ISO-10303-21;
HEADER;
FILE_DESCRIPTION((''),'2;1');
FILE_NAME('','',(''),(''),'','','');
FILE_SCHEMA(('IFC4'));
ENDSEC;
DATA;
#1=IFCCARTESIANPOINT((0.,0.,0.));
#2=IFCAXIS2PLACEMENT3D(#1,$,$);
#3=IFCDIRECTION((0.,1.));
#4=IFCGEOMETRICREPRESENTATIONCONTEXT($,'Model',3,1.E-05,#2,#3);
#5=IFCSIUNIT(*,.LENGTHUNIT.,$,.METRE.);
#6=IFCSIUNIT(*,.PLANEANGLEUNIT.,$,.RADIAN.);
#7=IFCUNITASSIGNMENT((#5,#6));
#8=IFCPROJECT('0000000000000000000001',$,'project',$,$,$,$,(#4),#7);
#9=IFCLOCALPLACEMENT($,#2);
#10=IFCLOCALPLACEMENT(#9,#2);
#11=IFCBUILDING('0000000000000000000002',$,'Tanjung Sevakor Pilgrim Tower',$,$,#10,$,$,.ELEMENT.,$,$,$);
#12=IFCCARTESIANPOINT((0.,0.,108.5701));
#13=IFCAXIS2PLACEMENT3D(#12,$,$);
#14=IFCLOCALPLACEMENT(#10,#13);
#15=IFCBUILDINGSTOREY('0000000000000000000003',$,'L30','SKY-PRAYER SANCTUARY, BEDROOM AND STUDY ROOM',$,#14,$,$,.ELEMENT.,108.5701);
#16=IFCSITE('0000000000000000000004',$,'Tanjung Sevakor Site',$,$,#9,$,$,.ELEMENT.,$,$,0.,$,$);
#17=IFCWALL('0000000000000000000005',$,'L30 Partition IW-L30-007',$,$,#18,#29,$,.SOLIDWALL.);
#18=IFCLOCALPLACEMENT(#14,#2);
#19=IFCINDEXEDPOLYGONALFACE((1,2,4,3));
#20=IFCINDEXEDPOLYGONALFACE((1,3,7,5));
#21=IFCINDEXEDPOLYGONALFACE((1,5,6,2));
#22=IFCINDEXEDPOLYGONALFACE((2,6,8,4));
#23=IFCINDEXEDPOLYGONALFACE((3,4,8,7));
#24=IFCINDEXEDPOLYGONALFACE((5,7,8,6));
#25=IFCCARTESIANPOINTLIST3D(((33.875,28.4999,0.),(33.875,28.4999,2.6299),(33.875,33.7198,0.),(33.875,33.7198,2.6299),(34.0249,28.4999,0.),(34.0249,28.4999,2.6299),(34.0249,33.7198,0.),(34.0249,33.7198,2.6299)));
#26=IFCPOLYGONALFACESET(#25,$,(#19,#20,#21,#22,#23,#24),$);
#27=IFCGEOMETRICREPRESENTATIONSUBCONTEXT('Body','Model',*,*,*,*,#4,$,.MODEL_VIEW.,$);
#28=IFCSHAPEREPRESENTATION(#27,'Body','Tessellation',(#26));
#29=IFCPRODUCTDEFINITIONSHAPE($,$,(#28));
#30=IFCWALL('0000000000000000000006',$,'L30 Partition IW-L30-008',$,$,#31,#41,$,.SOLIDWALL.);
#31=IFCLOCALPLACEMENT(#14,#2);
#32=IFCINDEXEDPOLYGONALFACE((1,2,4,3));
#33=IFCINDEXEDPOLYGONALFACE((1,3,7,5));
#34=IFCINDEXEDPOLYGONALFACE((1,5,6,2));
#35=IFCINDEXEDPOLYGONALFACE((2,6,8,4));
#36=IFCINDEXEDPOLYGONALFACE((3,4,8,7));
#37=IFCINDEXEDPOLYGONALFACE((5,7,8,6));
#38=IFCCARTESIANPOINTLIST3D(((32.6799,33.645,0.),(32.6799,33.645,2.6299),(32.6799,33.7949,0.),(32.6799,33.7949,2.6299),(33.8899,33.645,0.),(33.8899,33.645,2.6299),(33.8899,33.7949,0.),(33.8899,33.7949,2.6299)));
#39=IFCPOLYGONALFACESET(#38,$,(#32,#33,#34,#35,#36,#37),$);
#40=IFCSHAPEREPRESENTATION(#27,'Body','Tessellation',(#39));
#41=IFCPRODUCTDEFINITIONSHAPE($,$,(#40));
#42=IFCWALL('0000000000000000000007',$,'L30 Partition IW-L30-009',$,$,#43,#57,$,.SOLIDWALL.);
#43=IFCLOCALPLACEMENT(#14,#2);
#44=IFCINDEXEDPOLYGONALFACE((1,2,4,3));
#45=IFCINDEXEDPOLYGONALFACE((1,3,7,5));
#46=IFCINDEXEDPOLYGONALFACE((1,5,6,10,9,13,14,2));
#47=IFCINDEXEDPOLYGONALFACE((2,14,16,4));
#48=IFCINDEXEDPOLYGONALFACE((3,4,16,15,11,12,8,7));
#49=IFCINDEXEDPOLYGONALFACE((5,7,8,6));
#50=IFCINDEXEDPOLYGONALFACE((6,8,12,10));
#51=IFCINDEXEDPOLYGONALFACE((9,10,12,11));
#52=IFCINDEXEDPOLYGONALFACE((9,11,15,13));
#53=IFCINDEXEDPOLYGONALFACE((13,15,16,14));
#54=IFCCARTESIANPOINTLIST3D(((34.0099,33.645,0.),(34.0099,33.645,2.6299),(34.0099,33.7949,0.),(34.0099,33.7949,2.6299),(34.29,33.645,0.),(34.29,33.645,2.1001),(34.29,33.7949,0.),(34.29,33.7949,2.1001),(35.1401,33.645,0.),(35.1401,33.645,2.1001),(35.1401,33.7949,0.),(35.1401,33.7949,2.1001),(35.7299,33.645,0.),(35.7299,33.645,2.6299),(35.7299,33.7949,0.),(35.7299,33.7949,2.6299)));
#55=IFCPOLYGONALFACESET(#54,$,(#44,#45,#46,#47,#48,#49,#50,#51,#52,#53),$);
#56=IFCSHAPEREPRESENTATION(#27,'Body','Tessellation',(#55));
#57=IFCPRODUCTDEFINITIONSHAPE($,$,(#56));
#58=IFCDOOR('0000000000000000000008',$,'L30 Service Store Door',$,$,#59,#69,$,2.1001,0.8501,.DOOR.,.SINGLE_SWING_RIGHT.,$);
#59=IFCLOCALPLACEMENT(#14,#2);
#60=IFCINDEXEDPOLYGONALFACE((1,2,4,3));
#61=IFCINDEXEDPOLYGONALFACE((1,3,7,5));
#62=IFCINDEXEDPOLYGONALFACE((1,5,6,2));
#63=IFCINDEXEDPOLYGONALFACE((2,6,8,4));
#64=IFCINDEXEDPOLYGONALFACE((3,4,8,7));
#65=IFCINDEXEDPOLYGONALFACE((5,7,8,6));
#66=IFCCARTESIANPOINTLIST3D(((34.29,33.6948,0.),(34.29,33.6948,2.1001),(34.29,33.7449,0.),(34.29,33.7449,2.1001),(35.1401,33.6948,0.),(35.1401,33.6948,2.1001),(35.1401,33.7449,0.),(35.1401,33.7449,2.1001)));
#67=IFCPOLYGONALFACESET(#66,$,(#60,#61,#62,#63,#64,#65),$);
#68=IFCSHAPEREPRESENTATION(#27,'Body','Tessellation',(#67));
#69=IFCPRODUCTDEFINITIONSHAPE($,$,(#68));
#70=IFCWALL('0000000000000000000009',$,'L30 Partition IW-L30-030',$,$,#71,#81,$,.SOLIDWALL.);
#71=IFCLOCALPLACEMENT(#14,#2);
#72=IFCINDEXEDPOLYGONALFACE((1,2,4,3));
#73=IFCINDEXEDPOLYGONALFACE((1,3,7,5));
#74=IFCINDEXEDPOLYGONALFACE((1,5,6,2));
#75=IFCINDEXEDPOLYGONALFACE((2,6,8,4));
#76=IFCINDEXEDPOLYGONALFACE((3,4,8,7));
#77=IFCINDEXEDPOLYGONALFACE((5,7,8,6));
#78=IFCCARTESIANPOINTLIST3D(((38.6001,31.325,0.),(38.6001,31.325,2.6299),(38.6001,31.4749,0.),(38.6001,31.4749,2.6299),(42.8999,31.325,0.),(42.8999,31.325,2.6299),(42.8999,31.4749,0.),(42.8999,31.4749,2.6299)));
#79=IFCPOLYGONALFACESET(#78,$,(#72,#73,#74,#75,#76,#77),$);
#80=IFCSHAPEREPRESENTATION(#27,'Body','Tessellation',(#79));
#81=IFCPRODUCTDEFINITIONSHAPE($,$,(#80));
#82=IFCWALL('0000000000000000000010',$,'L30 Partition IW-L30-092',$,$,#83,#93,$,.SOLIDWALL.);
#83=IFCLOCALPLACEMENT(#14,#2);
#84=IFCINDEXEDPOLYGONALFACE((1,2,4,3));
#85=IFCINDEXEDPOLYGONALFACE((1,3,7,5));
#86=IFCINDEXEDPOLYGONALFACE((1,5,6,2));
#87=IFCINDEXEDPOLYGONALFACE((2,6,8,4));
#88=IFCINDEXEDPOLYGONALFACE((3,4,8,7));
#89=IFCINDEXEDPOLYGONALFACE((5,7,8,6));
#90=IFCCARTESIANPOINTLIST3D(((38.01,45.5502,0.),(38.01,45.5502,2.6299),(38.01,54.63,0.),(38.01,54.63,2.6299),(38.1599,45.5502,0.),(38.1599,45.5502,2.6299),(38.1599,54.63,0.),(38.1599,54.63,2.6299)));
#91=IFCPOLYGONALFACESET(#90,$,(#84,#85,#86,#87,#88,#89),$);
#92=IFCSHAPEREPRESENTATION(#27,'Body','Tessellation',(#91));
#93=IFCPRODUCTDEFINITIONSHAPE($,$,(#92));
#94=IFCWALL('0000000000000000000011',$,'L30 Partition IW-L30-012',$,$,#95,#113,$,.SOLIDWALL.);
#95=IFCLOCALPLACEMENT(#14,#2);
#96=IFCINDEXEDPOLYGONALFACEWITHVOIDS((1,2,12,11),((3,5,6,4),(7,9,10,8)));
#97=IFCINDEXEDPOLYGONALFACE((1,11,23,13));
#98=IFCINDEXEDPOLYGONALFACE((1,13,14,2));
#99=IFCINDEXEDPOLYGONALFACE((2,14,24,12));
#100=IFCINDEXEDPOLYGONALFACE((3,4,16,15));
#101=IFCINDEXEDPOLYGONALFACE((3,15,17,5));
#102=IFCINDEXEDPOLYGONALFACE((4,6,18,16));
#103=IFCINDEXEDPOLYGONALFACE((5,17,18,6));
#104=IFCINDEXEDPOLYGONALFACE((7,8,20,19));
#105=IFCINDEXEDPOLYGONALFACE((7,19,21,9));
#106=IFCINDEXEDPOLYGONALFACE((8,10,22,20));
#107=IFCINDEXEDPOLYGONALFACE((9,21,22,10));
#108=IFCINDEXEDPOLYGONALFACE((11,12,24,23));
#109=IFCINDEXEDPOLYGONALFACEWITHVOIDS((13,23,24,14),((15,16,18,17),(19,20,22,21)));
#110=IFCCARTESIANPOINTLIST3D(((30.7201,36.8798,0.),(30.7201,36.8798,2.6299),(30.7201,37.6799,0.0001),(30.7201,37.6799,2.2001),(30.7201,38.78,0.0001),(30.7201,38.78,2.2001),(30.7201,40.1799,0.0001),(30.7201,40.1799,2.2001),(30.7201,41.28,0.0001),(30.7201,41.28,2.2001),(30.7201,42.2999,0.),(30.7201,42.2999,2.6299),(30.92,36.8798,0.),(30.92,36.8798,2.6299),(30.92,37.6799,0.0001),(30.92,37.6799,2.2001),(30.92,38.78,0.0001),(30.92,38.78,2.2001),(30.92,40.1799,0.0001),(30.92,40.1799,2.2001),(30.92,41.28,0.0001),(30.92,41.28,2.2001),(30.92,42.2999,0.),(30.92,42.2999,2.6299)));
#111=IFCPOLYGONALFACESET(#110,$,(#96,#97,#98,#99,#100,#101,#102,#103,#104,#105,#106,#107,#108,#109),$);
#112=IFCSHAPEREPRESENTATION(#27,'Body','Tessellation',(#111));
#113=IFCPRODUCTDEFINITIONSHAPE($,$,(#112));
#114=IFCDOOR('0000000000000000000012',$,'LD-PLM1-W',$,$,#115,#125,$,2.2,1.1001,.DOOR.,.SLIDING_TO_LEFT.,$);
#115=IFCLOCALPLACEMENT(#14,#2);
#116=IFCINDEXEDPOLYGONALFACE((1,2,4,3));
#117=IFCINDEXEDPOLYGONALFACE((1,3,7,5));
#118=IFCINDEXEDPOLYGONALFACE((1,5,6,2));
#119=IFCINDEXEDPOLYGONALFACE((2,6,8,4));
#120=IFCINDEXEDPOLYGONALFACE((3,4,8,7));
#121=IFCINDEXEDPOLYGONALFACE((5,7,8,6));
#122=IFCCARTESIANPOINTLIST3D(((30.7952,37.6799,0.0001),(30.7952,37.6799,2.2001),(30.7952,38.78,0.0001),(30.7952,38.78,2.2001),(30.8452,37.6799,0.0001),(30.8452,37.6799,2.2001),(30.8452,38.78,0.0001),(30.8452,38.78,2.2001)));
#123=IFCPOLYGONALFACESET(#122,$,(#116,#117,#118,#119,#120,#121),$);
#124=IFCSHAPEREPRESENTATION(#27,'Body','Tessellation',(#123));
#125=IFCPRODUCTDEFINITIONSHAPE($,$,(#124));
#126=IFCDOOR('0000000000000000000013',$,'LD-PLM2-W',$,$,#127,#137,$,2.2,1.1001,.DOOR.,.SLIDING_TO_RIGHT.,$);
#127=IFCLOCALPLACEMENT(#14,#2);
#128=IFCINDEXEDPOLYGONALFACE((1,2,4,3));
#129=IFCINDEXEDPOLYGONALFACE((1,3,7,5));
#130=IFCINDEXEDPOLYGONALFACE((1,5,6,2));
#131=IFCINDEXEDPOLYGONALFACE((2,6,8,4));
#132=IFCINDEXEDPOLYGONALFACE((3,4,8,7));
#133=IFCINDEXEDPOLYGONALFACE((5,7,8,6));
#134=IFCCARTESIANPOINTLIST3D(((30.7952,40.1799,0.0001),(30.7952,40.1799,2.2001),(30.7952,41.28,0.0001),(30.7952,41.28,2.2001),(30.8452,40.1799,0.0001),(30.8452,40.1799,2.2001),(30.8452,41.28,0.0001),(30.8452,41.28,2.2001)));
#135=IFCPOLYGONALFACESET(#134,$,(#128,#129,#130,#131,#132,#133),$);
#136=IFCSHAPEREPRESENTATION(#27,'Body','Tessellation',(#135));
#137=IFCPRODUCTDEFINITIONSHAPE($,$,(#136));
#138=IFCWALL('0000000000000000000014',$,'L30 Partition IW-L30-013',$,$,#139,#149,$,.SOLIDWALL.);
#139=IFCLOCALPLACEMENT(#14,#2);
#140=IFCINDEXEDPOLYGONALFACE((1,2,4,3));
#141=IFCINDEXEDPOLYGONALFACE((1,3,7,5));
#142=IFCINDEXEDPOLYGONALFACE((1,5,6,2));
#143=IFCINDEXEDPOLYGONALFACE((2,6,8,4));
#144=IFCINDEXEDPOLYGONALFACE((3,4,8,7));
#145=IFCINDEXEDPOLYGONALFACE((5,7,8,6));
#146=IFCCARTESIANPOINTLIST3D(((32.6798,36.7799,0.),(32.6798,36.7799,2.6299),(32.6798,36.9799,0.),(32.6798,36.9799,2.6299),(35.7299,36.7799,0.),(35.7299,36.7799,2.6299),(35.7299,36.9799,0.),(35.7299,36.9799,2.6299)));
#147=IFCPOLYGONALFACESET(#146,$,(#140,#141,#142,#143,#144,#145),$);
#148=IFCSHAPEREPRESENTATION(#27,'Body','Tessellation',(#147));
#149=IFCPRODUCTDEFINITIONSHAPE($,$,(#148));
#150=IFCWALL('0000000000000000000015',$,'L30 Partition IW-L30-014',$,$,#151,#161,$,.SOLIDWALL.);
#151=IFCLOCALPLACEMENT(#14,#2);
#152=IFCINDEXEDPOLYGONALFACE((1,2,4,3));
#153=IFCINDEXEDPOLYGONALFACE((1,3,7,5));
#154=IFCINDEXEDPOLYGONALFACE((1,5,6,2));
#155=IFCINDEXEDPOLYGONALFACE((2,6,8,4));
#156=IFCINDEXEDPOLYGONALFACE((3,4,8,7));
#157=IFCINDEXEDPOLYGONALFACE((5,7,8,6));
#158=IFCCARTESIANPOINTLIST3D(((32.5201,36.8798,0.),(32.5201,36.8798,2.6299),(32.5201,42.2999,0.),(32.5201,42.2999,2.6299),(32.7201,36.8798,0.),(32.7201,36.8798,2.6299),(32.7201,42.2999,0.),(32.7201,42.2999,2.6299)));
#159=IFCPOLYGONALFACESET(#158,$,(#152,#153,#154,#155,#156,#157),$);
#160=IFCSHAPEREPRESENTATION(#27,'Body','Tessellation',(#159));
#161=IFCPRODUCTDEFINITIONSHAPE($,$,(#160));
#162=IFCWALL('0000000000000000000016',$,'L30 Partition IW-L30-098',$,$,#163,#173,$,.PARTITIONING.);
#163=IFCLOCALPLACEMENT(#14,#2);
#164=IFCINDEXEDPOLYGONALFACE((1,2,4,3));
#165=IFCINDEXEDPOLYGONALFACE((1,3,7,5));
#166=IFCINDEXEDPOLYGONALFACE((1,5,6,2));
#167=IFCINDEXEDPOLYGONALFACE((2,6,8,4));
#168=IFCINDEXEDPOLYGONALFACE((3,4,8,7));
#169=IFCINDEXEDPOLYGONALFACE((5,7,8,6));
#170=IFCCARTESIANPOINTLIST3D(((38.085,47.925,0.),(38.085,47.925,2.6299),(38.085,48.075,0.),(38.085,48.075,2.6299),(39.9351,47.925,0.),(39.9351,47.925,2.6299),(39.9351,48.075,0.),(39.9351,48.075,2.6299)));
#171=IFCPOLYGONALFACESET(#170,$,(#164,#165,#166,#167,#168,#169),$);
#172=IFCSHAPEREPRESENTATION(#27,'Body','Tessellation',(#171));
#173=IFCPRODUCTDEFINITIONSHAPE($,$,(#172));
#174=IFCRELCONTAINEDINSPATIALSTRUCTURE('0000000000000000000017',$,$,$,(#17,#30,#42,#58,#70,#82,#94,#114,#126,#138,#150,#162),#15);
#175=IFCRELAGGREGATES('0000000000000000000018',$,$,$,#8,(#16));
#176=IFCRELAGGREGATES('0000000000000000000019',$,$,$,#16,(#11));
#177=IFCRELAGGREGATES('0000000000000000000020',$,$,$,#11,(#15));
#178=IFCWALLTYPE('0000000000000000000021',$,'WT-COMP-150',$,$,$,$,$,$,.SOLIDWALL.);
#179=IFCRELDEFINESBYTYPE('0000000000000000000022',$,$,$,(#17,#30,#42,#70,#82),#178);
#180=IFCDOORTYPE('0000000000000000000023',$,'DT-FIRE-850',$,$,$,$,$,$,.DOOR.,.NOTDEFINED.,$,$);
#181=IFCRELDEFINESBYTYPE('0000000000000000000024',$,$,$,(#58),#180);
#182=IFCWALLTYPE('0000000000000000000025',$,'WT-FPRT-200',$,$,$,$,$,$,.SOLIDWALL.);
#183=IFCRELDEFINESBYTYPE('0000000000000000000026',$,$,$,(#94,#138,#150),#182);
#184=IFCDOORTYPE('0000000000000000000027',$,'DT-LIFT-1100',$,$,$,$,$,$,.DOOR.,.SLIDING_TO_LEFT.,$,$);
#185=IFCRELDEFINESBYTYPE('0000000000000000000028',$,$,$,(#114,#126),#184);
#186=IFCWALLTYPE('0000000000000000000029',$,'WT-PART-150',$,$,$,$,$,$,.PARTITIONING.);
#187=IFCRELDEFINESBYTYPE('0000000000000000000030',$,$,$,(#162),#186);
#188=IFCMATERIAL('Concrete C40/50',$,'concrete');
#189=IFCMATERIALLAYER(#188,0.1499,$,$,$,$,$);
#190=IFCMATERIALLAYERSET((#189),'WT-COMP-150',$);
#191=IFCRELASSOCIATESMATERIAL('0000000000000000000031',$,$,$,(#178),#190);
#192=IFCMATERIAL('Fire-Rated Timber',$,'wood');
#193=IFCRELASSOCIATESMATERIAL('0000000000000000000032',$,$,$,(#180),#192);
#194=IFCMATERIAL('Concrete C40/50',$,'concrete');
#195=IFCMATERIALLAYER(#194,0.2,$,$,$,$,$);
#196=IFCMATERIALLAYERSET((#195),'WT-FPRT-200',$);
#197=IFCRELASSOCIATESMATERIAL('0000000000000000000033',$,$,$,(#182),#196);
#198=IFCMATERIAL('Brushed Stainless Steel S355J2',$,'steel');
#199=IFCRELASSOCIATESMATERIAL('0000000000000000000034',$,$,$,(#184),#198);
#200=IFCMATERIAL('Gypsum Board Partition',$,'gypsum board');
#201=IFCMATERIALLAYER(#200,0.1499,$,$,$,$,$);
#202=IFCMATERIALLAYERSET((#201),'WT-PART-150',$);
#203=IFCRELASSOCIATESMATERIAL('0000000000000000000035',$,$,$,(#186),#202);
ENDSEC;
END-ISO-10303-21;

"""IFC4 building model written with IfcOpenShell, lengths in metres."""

from ifc_helpers import new_model, si_unit, direction, frame, frame_2d, origin, place, context, subcontext, project, spatial, rectangle, extrude, material, layer, layer_set, type_object, element, fill, save


model = new_model("IFC4")

# Units and contexts
model_context = context("Model", 3, precision=1e-05, world=origin(), true_north=direction((0.0, 1.0)))
body_context = subcontext(model_context, "Body", "Model", "MODEL_VIEW")
ifc_project = project(units=[si_unit("LENGTHUNIT", "METRE"), si_unit("PLANEANGLEUNIT", "RADIAN")], contexts=[model_context])

# Site, building, storey
site_placement = place(None, origin())
site = spatial("IfcSite", under=ifc_project, at=site_placement, Name="Tanjung Sevakor Site", CompositionType="ELEMENT", RefElevation=0.0)
building_placement = place(site_placement, origin())
building = spatial("IfcBuilding", under=site, at=building_placement, Name="Tanjung Sevakor Pilgrim Tower", CompositionType="ELEMENT")
storey_placement = place(building_placement, frame((0.0, 0.0, 108.5701)))
storey = spatial("IfcBuildingStorey", under=building, at=storey_placement, Name="L30", Description="SKY-PRAYER SANCTUARY, BEDROOM AND STUDY ROOM", CompositionType="ELEMENT", Elevation=108.5701)

# Walls
ifc_material_1 = material(Name="Concrete C40/50", Category="concrete")
ifc_layer_1 = layer(ifc_material_1, 0.1499)
ifc_layer_set_1 = layer_set([ifc_layer_1], Name="WT-COMP-150")
wall_type_1 = type_object("IfcWallType", Name="WT-COMP-150", PredefinedType="SOLIDWALL", material=ifc_layer_set_1)
wall_1_placement = place(storey_placement, frame((33.95, 28.5, 0.0), z_axis=(0.0, 0.0, 1.0), x_axis=(0.0, 1.0, 0.0)))
element("IfcWall", 1, at=wall_1_placement, inside=storey, type_object=wall_type_1, Name="L30 Partition IW-L30-007", PredefinedType="SOLIDWALL", context=body_context, shape_type="SweptSolid", body=[
    extrude(rectangle(XDim=5.22, YDim=0.1499, at=frame_2d((2.6099, 0.0))), origin(), (0.0, 0.0, 1.0), 2.6299),
])
wall_2_placement = place(storey_placement, frame((32.6799, 33.72, 0.0), z_axis=(0.0, 0.0, 1.0), x_axis=(1.0, 0.0, 0.0)))
element("IfcWall", 2, at=wall_2_placement, inside=storey, type_object=wall_type_1, Name="L30 Partition IW-L30-008", PredefinedType="SOLIDWALL", context=body_context, shape_type="SweptSolid", body=[
    extrude(rectangle(XDim=1.21, YDim=0.1499, at=frame_2d((0.605, 0.0))), origin(), (0.0, 0.0, 1.0), 2.6299),
])

# Wall, opening, door
wall_3_placement = place(storey_placement, frame((34.01, 33.72, 0.0), z_axis=(0.0, 0.0, 1.0), x_axis=(1.0, 0.0, 0.0)))
wall_3 = element("IfcWall", 3, at=wall_3_placement, inside=storey, type_object=wall_type_1, Name="L30 Partition IW-L30-009", PredefinedType="SOLIDWALL", context=body_context, shape_type="SweptSolid", body=[
    extrude(rectangle(XDim=1.72, YDim=0.1499, at=frame_2d((0.8599, 0.0))), origin(), (0.0, 0.0, 1.0), 2.6299),
])
opening_1_placement = place(wall_3_placement, frame((0.28, 0.0, 0.0)))
opening_1 = element("IfcOpeningElement", 4, at=opening_1_placement, cuts=wall_3, PredefinedType="OPENING", context=body_context, shape_type="SweptSolid", body=[
    extrude(rectangle(XDim=0.8501, YDim=2.1001, at=frame_2d((0.425, 1.05))), frame((0.0, 0.085, 0.0), z_axis=(0.0, -1.0, 0.0), x_axis=(1.0, 0.0, 0.0)), (0.0, 0.0, 1.0), 0.1699),
])
ifc_material_2 = material(Name="Fire-Rated Timber", Category="wood")
door_type_1 = type_object("IfcDoorType", Name="DT-FIRE-850", OperationType="NOTDEFINED", PredefinedType="DOOR", material=ifc_material_2)
door_1_placement = place(opening_1_placement, origin())
door_1 = element("IfcDoor", 5, at=door_1_placement, inside=storey, type_object=door_type_1, Name="L30 Service Store Door", OperationType="SINGLE_SWING_RIGHT", OverallHeight=2.1001, OverallWidth=0.8501, PredefinedType="DOOR", context=body_context, shape_type="SweptSolid", body=[
    extrude(rectangle(XDim=0.8501, YDim=2.1001, at=frame_2d((0.425, 1.05))), frame((0.0, 0.0249, 0.0), z_axis=(0.0, -1.0, 0.0), x_axis=(1.0, 0.0, 0.0)), (0.0, 0.0, 1.0), 0.05),
])
fill(opening_1, door_1)

# Walls
wall_4_placement = place(storey_placement, frame((38.6001, 31.3999, 0.0), z_axis=(0.0, 0.0, 1.0), x_axis=(1.0, 0.0, 0.0)))
element("IfcWall", 6, at=wall_4_placement, inside=storey, type_object=wall_type_1, Name="L30 Partition IW-L30-030", PredefinedType="SOLIDWALL", context=body_context, shape_type="SweptSolid", body=[
    extrude(rectangle(XDim=4.2998, YDim=0.1499, at=frame_2d((2.1499, 0.0))), origin(), (0.0, 0.0, 1.0), 2.6299),
])
wall_5_placement = place(storey_placement, frame((38.085, 45.55, 0.0), z_axis=(0.0, 0.0, 1.0), x_axis=(0.0, 1.0, 0.0)))
element("IfcWall", 7, at=wall_5_placement, inside=storey, type_object=wall_type_1, Name="L30 Partition IW-L30-092", PredefinedType="SOLIDWALL", context=body_context, shape_type="SweptSolid", body=[
    extrude(rectangle(XDim=9.0798, YDim=0.1499, at=frame_2d((4.54, 0.0))), origin(), (0.0, 0.0, 1.0), 2.6299),
])

# Wall, openings, doors
ifc_material_3 = material(Name="Concrete C40/50", Category="concrete")
ifc_layer_2 = layer(ifc_material_3, 0.2)
ifc_layer_set_2 = layer_set([ifc_layer_2], Name="WT-FPRT-200")
wall_type_2 = type_object("IfcWallType", Name="WT-FPRT-200", PredefinedType="SOLIDWALL", material=ifc_layer_set_2)
wall_6_placement = place(storey_placement, frame((30.8201, 36.8799, 0.0), z_axis=(0.0, 0.0, 1.0), x_axis=(0.0, 1.0, 0.0)))
wall_6 = element("IfcWall", 8, at=wall_6_placement, inside=storey, type_object=wall_type_2, Name="L30 Partition IW-L30-012", PredefinedType="SOLIDWALL", context=body_context, shape_type="SweptSolid", body=[
    extrude(rectangle(XDim=5.4202, YDim=0.2, at=frame_2d((2.71, 0.0))), origin(), (0.0, 0.0, 1.0), 2.6299),
])
opening_2_placement = place(wall_6_placement, frame((0.8, 0.0, 0.0)))
opening_2 = element("IfcOpeningElement", 9, at=opening_2_placement, cuts=wall_6, PredefinedType="OPENING", context=body_context, shape_type="SweptSolid", body=[
    extrude(rectangle(XDim=1.1001, YDim=2.2, at=frame_2d((0.55, 1.1001))), frame((0.0, 0.1099, 0.0), z_axis=(0.0, -1.0, 0.0), x_axis=(1.0, 0.0, 0.0)), (0.0, 0.0, 1.0), 0.22),
])
opening_3_placement = place(wall_6_placement, frame((3.3, 0.0, 0.0)))
opening_3 = element("IfcOpeningElement", 10, at=opening_3_placement, cuts=wall_6, PredefinedType="OPENING", context=body_context, shape_type="SweptSolid", body=[
    extrude(rectangle(XDim=1.1001, YDim=2.2, at=frame_2d((0.55, 1.1001))), frame((0.0, 0.1099, 0.0), z_axis=(0.0, -1.0, 0.0), x_axis=(1.0, 0.0, 0.0)), (0.0, 0.0, 1.0), 0.22),
])
ifc_material_4 = material(Name="Brushed Stainless Steel S355J2", Category="steel")
door_type_2 = type_object("IfcDoorType", Name="DT-LIFT-1100", OperationType="SLIDING_TO_LEFT", PredefinedType="DOOR", material=ifc_material_4)
door_2_placement = place(opening_2_placement, origin())
door_2 = element("IfcDoor", 11, at=door_2_placement, inside=storey, type_object=door_type_2, Name="LD-PLM1-W", OperationType="SLIDING_TO_LEFT", OverallHeight=2.2, OverallWidth=1.1001, PredefinedType="DOOR", context=body_context, shape_type="SweptSolid", body=[
    extrude(rectangle(XDim=1.1001, YDim=2.2, at=frame_2d((0.55, 1.1001))), frame((0.0, 0.0249, 0.0), z_axis=(0.0, -1.0, 0.0), x_axis=(1.0, 0.0, 0.0)), (0.0, 0.0, 1.0), 0.05),
])
fill(opening_2, door_2)
door_3_placement = place(opening_3_placement, origin())
door_3 = element("IfcDoor", 12, at=door_3_placement, inside=storey, type_object=door_type_2, Name="LD-PLM2-W", OperationType="SLIDING_TO_RIGHT", OverallHeight=2.2, OverallWidth=1.1001, PredefinedType="DOOR", context=body_context, shape_type="SweptSolid", body=[
    extrude(rectangle(XDim=1.1001, YDim=2.2, at=frame_2d((0.55, 1.1001))), frame((0.0, 0.0249, 0.0), z_axis=(0.0, -1.0, 0.0), x_axis=(1.0, 0.0, 0.0)), (0.0, 0.0, 1.0), 0.05),
])
fill(opening_3, door_3)

# Walls
wall_7_placement = place(storey_placement, frame((32.6799, 36.8799, 0.0), z_axis=(0.0, 0.0, 1.0), x_axis=(1.0, 0.0, 0.0)))
element("IfcWall", 13, at=wall_7_placement, inside=storey, type_object=wall_type_2, Name="L30 Partition IW-L30-013", PredefinedType="SOLIDWALL", context=body_context, shape_type="SweptSolid", body=[
    extrude(rectangle(XDim=3.05, YDim=0.2, at=frame_2d((1.5249, 0.0))), origin(), (0.0, 0.0, 1.0), 2.6299),
])
wall_8_placement = place(storey_placement, frame((32.6201, 36.8799, 0.0), z_axis=(0.0, 0.0, 1.0), x_axis=(0.0, 1.0, 0.0)))
element("IfcWall", 14, at=wall_8_placement, inside=storey, type_object=wall_type_2, Name="L30 Partition IW-L30-014", PredefinedType="SOLIDWALL", context=body_context, shape_type="SweptSolid", body=[
    extrude(rectangle(XDim=5.4202, YDim=0.2, at=frame_2d((2.71, 0.0))), origin(), (0.0, 0.0, 1.0), 2.6299),
])
ifc_material_5 = material(Name="Gypsum Board Partition", Category="gypsum board")
ifc_layer_3 = layer(ifc_material_5, 0.1499)
ifc_layer_set_3 = layer_set([ifc_layer_3], Name="WT-PART-150")
wall_type_3 = type_object("IfcWallType", Name="WT-PART-150", PredefinedType="PARTITIONING", material=ifc_layer_set_3)
wall_9_placement = place(storey_placement, frame((38.085, 48.0, 0.0), z_axis=(0.0, 0.0, 1.0), x_axis=(1.0, 0.0, 0.0)))
element("IfcWall", 15, at=wall_9_placement, inside=storey, type_object=wall_type_3, Name="L30 Partition IW-L30-098", PredefinedType="PARTITIONING", context=body_context, shape_type="SweptSolid", body=[
    extrude(rectangle(XDim=1.8501, YDim=0.1499, at=frame_2d((0.925, 0.0))), origin(), (0.0, 0.0, 1.0), 2.6299),
])

save(model, "model.ifc")
